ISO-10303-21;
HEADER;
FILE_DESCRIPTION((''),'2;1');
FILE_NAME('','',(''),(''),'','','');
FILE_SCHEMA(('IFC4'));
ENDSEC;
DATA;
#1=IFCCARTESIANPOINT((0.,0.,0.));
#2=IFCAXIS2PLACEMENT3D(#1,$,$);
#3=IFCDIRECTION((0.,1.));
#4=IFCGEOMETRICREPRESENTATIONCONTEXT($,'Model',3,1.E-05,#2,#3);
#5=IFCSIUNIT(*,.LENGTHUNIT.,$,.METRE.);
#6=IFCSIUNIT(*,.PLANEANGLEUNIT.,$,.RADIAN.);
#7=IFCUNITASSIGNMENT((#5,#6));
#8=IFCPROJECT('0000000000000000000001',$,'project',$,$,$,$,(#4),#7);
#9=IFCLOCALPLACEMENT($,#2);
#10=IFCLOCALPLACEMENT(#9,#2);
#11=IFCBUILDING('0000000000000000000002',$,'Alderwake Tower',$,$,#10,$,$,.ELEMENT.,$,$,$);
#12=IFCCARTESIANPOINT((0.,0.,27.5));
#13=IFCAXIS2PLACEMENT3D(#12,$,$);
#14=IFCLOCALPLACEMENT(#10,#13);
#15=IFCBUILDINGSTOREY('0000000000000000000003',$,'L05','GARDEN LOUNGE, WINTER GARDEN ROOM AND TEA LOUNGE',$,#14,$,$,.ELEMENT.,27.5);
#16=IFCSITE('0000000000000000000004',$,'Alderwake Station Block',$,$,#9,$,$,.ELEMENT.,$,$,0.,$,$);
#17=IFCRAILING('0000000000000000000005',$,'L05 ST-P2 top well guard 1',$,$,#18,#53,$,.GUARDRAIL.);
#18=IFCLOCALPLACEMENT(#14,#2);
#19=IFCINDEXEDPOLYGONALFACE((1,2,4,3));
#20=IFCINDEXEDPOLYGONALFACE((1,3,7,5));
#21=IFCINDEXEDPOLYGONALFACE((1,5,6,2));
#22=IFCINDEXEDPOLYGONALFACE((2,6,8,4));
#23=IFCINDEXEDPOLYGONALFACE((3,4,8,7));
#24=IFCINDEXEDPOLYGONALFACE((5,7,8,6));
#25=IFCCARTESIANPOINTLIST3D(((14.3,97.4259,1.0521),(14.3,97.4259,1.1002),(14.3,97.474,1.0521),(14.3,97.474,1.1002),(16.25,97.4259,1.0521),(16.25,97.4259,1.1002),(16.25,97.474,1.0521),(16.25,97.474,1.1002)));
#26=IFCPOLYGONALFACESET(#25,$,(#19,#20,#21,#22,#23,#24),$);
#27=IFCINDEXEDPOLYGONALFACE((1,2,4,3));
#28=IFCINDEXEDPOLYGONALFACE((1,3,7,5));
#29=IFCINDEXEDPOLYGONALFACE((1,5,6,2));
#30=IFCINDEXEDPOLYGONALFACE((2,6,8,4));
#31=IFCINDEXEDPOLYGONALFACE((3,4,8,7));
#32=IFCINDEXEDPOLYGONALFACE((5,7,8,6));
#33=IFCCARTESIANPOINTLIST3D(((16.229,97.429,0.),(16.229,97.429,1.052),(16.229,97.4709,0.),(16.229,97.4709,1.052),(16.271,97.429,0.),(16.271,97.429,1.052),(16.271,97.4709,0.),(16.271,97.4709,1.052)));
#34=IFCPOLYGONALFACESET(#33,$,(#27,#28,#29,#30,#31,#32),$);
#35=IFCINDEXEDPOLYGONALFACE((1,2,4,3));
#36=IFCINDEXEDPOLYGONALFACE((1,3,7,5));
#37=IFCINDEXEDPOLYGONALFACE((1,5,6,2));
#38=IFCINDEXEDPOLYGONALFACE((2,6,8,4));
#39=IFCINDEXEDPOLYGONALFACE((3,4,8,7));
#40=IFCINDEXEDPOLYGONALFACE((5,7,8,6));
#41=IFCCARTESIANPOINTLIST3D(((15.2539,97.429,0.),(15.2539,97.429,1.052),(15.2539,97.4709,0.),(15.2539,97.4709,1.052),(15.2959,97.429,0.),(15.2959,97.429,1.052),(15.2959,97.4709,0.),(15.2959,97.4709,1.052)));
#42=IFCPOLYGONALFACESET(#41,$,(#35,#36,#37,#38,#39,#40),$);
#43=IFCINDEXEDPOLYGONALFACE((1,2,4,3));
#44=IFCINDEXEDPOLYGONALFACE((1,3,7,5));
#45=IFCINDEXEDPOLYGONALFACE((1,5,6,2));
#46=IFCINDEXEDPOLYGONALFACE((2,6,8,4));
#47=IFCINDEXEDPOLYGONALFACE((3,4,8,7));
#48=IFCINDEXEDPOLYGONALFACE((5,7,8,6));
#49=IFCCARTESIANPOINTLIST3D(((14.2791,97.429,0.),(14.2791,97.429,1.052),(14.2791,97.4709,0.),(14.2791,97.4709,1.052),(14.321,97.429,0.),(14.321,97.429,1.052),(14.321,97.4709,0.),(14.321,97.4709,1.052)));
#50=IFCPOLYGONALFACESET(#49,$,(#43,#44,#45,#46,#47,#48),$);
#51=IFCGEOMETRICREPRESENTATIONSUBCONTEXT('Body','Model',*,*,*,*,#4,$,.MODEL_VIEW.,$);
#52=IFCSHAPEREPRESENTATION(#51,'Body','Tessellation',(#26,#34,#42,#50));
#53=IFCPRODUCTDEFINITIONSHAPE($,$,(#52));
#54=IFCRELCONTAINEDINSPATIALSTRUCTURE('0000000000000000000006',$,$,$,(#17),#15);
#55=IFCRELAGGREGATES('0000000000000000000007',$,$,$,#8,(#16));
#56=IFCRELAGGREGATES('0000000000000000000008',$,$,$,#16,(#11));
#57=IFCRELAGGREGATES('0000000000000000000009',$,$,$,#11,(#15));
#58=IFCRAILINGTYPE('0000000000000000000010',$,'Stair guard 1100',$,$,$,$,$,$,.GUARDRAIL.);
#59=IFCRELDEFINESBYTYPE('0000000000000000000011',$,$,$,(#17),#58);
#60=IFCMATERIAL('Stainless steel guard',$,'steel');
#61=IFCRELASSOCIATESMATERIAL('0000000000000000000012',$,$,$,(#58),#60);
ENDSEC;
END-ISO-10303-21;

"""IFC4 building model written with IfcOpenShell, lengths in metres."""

from ifc_helpers import new_model, si_unit, direction, frame, origin, origin_2d, place, context, subcontext, project, spatial, rectangle, extrude, material, type_object, element, save


model = new_model("IFC4")

# Units and contexts
model_context = context("Model", 3, precision=1e-05, world=origin(), true_north=direction((0.0, 1.0)))
body_context = subcontext(model_context, "Body", "Model", "MODEL_VIEW")
ifc_project = project(units=[si_unit("LENGTHUNIT", "METRE"), si_unit("PLANEANGLEUNIT", "RADIAN")], contexts=[model_context])

# Site, building, storey
site_placement = place(None, origin())
site = spatial("IfcSite", under=ifc_project, at=site_placement, Name="Alderwake Station Block", CompositionType="ELEMENT", RefElevation=0.0)
building_placement = place(site_placement, origin())
building = spatial("IfcBuilding", under=site, at=building_placement, Name="Alderwake Tower", CompositionType="ELEMENT")
storey_placement = place(building_placement, frame((0.0, 0.0, 27.5)))
storey = spatial("IfcBuildingStorey", under=building, at=storey_placement, Name="L05", Description="GARDEN LOUNGE, WINTER GARDEN ROOM AND TEA LOUNGE", CompositionType="ELEMENT", Elevation=27.5)

# Railing
ifc_material_1 = material(Name="Stainless steel guard", Category="steel")
railing_type = type_object("IfcRailingType", Name="Stair guard 1100", PredefinedType="GUARDRAIL", material=ifc_material_1)
railing_placement = place(storey_placement, frame((16.25, 97.45, 0.0)))
element("IfcRailing", 1, at=railing_placement, inside=storey, type_object=railing_type, Name="L05 ST-P2 top well guard 1", PredefinedType="GUARDRAIL", context=body_context, shape_type="SweptSolid", body=[
    extrude(rectangle(XDim=0.0481, YDim=0.0481, at=origin_2d()), frame((0.0, 0.0, 1.0762), z_axis=(-1.0, 0.0, 0.0), x_axis=(0.0, -1.0, 0.0)), (0.0, 0.0, 1.0), 1.95),
    extrude(rectangle(XDim=0.042, YDim=0.042, at=origin_2d()), frame((0.0, 0.0, 0.0), z_axis=(0.0, 0.0, 1.0), x_axis=(-1.0, 0.0, 0.0)), (0.0, 0.0, 1.0), 1.052),
    extrude(rectangle(XDim=0.042, YDim=0.042, at=origin_2d()), frame((-0.9751, 0.0, 0.0), z_axis=(0.0, 0.0, 1.0), x_axis=(-1.0, 0.0, 0.0)), (0.0, 0.0, 1.0), 1.052),
    extrude(rectangle(XDim=0.042, YDim=0.042, at=origin_2d()), frame((-1.95, 0.0, 0.0), z_axis=(0.0, 0.0, 1.0), x_axis=(-1.0, 0.0, 0.0)), (0.0, 0.0, 1.0), 1.052),
])

save(model, "model.ifc")
